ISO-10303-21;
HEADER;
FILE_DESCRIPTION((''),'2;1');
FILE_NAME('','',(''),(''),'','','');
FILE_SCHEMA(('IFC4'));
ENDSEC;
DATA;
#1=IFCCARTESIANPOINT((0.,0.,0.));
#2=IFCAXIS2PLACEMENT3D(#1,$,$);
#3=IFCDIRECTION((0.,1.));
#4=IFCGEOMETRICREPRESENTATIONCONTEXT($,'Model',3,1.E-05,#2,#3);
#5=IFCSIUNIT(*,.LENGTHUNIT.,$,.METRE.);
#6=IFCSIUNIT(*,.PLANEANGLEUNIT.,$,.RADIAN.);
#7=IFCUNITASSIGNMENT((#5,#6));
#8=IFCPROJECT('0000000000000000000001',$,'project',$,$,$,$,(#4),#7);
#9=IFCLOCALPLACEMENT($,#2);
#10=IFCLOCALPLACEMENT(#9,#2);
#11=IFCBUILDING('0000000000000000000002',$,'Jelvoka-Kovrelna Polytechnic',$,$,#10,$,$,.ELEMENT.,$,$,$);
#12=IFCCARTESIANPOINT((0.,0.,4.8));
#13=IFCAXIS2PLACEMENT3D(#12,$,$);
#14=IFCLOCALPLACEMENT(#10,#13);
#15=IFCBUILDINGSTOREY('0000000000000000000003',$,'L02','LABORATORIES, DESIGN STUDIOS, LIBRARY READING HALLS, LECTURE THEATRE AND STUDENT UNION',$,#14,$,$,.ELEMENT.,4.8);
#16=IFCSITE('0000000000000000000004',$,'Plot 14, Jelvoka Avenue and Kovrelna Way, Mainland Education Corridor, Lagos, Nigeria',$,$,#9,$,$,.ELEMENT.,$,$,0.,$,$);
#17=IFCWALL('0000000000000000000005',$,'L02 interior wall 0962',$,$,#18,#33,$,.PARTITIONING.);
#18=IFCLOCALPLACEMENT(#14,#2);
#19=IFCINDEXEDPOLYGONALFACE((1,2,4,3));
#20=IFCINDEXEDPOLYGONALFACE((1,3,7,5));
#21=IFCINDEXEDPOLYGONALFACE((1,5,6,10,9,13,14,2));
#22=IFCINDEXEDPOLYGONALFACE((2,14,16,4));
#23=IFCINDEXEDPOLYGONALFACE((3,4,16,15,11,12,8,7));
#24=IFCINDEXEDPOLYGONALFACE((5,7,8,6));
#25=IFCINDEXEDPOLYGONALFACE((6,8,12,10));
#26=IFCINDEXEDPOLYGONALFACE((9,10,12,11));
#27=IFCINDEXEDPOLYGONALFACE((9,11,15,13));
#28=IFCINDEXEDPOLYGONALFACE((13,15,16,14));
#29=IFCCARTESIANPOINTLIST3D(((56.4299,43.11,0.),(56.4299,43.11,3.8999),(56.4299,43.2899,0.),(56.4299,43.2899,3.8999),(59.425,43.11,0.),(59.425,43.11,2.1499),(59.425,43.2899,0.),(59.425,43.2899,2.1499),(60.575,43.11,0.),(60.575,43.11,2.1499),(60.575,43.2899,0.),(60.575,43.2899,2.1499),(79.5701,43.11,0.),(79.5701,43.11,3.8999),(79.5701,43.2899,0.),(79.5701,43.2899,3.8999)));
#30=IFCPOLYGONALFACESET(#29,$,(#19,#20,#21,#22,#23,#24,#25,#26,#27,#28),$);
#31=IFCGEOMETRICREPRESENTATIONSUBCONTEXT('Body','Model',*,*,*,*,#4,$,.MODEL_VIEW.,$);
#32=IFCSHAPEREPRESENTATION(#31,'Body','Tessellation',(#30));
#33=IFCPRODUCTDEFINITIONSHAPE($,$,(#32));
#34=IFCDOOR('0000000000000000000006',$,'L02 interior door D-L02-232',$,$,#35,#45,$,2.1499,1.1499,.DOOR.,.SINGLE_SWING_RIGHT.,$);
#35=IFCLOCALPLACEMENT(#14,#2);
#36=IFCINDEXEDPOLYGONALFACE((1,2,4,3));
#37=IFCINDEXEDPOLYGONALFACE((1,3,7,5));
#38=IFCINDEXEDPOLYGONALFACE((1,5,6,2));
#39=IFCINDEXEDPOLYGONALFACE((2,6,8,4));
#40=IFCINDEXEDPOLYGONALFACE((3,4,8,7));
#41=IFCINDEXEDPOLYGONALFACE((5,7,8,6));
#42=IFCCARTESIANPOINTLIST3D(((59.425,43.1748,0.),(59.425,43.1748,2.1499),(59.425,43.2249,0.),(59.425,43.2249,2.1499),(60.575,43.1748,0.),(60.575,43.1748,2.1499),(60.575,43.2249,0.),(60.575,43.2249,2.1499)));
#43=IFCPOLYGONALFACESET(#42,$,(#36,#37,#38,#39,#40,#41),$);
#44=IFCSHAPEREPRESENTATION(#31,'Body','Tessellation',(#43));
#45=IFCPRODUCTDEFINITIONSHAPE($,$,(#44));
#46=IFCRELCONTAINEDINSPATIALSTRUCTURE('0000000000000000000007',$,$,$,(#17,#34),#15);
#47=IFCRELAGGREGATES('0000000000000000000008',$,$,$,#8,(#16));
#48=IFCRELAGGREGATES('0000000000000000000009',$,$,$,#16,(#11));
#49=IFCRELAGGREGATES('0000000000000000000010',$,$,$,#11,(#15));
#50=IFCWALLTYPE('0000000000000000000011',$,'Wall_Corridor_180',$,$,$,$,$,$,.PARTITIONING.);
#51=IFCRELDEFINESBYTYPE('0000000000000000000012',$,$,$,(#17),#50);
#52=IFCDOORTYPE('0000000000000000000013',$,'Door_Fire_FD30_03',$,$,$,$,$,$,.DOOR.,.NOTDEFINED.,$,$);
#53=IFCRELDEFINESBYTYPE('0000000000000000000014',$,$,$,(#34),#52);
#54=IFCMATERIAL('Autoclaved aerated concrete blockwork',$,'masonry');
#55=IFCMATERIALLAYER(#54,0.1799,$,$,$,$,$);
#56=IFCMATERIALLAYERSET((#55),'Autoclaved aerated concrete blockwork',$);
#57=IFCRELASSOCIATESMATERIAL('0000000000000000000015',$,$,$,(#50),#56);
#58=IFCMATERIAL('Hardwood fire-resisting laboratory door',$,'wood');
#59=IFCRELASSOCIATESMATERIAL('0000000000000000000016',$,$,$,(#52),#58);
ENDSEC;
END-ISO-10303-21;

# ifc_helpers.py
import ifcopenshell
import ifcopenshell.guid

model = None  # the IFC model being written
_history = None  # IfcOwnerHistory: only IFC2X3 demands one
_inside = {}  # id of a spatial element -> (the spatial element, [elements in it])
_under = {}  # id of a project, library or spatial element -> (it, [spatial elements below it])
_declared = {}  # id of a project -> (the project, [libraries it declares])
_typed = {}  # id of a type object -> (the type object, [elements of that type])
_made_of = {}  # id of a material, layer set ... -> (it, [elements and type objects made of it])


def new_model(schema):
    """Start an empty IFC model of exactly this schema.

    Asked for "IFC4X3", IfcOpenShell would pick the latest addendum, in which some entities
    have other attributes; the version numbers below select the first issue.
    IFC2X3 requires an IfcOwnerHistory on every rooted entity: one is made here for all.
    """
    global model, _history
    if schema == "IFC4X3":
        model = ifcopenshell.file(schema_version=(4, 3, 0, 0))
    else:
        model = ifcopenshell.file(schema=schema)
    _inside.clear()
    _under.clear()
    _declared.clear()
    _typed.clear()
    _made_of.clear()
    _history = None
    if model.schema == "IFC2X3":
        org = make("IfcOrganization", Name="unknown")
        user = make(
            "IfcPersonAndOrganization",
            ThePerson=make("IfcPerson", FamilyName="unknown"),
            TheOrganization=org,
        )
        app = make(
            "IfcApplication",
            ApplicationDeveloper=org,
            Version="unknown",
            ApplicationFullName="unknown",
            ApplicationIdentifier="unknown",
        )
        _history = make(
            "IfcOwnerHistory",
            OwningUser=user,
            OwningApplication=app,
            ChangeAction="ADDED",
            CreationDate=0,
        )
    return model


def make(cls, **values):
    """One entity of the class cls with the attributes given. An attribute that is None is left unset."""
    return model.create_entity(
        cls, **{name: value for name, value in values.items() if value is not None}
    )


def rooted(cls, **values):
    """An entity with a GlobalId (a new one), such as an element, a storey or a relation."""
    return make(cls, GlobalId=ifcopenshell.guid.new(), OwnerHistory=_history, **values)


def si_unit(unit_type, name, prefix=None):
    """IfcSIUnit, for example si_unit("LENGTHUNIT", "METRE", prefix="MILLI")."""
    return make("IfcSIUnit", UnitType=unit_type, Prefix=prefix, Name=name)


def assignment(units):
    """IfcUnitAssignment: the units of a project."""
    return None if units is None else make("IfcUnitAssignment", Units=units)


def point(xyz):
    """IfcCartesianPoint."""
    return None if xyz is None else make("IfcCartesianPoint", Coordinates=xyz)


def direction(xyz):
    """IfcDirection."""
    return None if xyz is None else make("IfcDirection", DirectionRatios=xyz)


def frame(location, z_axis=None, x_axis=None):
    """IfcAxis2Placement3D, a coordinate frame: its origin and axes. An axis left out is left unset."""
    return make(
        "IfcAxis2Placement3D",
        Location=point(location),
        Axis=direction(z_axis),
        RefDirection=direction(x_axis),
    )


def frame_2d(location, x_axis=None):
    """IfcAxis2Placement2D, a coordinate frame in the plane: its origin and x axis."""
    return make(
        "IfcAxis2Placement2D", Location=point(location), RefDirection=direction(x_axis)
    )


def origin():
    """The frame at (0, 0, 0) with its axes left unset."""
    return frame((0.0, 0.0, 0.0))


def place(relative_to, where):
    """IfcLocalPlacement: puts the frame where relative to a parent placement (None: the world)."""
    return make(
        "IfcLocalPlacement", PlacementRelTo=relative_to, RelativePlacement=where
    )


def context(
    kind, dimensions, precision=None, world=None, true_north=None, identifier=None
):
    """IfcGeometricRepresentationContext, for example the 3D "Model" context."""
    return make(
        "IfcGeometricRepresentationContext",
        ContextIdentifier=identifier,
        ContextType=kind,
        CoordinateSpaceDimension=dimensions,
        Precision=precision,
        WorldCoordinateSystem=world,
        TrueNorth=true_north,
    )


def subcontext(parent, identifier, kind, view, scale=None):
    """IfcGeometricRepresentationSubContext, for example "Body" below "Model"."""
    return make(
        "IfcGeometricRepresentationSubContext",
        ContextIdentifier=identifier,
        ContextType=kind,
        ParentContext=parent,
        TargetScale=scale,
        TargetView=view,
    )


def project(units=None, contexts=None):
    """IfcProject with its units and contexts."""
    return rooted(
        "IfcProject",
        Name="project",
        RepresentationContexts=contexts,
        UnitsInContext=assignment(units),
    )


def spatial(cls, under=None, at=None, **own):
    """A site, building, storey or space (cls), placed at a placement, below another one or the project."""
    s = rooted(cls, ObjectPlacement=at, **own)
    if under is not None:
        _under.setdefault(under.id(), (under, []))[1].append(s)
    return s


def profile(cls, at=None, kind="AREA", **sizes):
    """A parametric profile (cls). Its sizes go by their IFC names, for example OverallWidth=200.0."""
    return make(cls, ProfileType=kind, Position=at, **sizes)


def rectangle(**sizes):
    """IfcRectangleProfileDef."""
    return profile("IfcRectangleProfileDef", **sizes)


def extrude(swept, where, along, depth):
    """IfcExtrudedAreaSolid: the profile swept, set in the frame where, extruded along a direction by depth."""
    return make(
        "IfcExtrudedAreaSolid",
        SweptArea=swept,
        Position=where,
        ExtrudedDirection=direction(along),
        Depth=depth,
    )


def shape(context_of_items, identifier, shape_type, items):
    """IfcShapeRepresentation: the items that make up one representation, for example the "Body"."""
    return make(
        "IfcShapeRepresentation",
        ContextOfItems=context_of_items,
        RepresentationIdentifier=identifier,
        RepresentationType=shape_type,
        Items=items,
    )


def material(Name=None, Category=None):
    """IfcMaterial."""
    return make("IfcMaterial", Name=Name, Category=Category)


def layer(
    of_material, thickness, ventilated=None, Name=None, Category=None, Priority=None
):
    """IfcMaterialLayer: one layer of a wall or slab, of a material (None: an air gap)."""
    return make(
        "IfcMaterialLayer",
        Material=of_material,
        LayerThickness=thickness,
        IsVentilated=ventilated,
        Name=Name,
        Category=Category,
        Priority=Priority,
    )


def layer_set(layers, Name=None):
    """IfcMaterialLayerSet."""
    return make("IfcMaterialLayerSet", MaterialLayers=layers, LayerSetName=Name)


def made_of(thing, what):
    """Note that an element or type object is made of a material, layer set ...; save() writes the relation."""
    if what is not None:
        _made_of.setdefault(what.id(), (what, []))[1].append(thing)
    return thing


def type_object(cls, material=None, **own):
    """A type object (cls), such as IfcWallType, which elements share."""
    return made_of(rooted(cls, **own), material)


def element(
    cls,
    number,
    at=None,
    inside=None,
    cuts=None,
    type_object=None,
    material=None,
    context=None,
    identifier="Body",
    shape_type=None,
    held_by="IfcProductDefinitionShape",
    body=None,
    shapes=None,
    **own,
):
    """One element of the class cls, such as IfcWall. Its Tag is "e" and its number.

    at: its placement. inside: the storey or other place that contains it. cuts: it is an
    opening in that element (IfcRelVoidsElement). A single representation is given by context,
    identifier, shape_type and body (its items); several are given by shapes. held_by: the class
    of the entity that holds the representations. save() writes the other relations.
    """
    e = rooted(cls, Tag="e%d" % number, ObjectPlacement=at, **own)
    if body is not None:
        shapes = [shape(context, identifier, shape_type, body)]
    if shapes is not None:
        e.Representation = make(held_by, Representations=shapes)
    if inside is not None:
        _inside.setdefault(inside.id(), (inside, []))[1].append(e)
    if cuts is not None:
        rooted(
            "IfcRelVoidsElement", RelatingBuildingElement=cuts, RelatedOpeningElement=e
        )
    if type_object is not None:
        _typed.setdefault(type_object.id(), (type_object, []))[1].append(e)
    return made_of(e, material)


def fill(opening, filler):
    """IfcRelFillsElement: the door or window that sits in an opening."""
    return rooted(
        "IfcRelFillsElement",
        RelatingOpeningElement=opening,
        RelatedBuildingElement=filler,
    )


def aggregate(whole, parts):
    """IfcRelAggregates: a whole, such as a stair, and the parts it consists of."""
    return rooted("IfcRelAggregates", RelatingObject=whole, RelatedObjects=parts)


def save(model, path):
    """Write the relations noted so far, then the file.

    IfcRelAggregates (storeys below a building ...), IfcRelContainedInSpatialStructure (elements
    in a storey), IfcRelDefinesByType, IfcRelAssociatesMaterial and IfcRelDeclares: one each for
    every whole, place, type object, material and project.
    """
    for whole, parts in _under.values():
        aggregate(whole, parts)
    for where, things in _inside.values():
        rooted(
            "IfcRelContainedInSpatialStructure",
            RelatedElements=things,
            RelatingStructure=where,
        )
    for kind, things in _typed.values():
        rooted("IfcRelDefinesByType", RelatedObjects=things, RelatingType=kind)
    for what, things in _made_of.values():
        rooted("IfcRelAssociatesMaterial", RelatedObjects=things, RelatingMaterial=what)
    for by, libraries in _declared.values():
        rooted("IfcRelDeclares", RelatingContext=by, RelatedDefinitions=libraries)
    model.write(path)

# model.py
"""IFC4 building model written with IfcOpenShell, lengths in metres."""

from ifc_helpers import new_model, si_unit, direction, frame, frame_2d, origin, place, context, subcontext, project, spatial, rectangle, extrude, material, layer, layer_set, type_object, element, fill, save


model = new_model("IFC4")

# Units and contexts
model_context = context("Model", 3, precision=1e-05, world=origin(), true_north=direction((0.0, 1.0)))
body_context = subcontext(model_context, "Body", "Model", "MODEL_VIEW")
ifc_project = project(units=[si_unit("LENGTHUNIT", "METRE"), si_unit("PLANEANGLEUNIT", "RADIAN")], contexts=[model_context])

# Site, building, storey
site_placement = place(None, origin())
site = spatial("IfcSite", under=ifc_project, at=site_placement, Name="Plot 14, Jelvoka Avenue and Kovrelna Way, Mainland Education Corridor, Lagos, Nigeria", CompositionType="ELEMENT", RefElevation=0.0)
building_placement = place(site_placement, origin())
building = spatial("IfcBuilding", under=site, at=building_placement, Name="Jelvoka-Kovrelna Polytechnic", CompositionType="ELEMENT")
storey_placement = place(building_placement, frame((0.0, 0.0, 4.8)))
storey = spatial("IfcBuildingStorey", under=building, at=storey_placement, Name="L02", Description="LABORATORIES, DESIGN STUDIOS, LIBRARY READING HALLS, LECTURE THEATRE AND STUDENT UNION", CompositionType="ELEMENT", Elevation=4.8)

# Wall, opening, door
ifc_material_1 = material(Name="Autoclaved aerated concrete blockwork", Category="masonry")
ifc_layer_1 = layer(ifc_material_1, 0.1799)
ifc_layer_set_1 = layer_set([ifc_layer_1], Name="Autoclaved aerated concrete blockwork")
wall_type = type_object("IfcWallType", Name="Wall_Corridor_180", PredefinedType="PARTITIONING", material=ifc_layer_set_1)
wall_1_placement = place(storey_placement, frame((56.4299, 43.2, 0.0), z_axis=(0.0, 0.0, 1.0), x_axis=(1.0, 0.0, 0.0)))
wall_1 = element("IfcWall", 1, at=wall_1_placement, inside=storey, type_object=wall_type, Name="L02 interior wall 0962", PredefinedType="PARTITIONING", context=body_context, shape_type="SweptSolid", body=[
    extrude(rectangle(XDim=23.1401, YDim=0.1799, at=frame_2d((11.5701, 0.0))), origin(), (0.0, 0.0, 1.0), 3.8999),
])
opening_1_placement = place(wall_1_placement, frame((2.9951, 0.0, 0.0)))
opening_1 = element("IfcOpeningElement", 2, at=opening_1_placement, cuts=wall_1, PredefinedType="OPENING", context=body_context, shape_type="SweptSolid", body=[
    extrude(rectangle(XDim=1.1499, YDim=2.1499, at=frame_2d((0.575, 1.075))), frame((0.0, 0.0999, 0.0), z_axis=(0.0, -1.0, 0.0), x_axis=(1.0, 0.0, 0.0)), (0.0, 0.0, 1.0), 0.2),
])
ifc_material_2 = material(Name="Hardwood fire-resisting laboratory door", Category="wood")
door_type_1 = type_object("IfcDoorType", Name="Door_Fire_FD30_03", OperationType="NOTDEFINED", PredefinedType="DOOR", material=ifc_material_2)
door_1_placement = place(opening_1_placement, origin())
door_1 = element("IfcDoor", 3, at=door_1_placement, inside=storey, type_object=door_type_1, Name="L02 interior door D-L02-232", OperationType="SINGLE_SWING_RIGHT", OverallHeight=2.1499, OverallWidth=1.1499, PredefinedType="DOOR", context=body_context, shape_type="SweptSolid", body=[
    extrude(rectangle(XDim=1.1499, YDim=2.1499, at=frame_2d((0.575, 1.075))), frame((0.0, 0.0249, 0.0), z_axis=(0.0, -1.0, 0.0), x_axis=(1.0, 0.0, 0.0)), (0.0, 0.0, 1.0), 0.05),
])
fill(opening_1, door_1)

save(model, "model.ifc")
